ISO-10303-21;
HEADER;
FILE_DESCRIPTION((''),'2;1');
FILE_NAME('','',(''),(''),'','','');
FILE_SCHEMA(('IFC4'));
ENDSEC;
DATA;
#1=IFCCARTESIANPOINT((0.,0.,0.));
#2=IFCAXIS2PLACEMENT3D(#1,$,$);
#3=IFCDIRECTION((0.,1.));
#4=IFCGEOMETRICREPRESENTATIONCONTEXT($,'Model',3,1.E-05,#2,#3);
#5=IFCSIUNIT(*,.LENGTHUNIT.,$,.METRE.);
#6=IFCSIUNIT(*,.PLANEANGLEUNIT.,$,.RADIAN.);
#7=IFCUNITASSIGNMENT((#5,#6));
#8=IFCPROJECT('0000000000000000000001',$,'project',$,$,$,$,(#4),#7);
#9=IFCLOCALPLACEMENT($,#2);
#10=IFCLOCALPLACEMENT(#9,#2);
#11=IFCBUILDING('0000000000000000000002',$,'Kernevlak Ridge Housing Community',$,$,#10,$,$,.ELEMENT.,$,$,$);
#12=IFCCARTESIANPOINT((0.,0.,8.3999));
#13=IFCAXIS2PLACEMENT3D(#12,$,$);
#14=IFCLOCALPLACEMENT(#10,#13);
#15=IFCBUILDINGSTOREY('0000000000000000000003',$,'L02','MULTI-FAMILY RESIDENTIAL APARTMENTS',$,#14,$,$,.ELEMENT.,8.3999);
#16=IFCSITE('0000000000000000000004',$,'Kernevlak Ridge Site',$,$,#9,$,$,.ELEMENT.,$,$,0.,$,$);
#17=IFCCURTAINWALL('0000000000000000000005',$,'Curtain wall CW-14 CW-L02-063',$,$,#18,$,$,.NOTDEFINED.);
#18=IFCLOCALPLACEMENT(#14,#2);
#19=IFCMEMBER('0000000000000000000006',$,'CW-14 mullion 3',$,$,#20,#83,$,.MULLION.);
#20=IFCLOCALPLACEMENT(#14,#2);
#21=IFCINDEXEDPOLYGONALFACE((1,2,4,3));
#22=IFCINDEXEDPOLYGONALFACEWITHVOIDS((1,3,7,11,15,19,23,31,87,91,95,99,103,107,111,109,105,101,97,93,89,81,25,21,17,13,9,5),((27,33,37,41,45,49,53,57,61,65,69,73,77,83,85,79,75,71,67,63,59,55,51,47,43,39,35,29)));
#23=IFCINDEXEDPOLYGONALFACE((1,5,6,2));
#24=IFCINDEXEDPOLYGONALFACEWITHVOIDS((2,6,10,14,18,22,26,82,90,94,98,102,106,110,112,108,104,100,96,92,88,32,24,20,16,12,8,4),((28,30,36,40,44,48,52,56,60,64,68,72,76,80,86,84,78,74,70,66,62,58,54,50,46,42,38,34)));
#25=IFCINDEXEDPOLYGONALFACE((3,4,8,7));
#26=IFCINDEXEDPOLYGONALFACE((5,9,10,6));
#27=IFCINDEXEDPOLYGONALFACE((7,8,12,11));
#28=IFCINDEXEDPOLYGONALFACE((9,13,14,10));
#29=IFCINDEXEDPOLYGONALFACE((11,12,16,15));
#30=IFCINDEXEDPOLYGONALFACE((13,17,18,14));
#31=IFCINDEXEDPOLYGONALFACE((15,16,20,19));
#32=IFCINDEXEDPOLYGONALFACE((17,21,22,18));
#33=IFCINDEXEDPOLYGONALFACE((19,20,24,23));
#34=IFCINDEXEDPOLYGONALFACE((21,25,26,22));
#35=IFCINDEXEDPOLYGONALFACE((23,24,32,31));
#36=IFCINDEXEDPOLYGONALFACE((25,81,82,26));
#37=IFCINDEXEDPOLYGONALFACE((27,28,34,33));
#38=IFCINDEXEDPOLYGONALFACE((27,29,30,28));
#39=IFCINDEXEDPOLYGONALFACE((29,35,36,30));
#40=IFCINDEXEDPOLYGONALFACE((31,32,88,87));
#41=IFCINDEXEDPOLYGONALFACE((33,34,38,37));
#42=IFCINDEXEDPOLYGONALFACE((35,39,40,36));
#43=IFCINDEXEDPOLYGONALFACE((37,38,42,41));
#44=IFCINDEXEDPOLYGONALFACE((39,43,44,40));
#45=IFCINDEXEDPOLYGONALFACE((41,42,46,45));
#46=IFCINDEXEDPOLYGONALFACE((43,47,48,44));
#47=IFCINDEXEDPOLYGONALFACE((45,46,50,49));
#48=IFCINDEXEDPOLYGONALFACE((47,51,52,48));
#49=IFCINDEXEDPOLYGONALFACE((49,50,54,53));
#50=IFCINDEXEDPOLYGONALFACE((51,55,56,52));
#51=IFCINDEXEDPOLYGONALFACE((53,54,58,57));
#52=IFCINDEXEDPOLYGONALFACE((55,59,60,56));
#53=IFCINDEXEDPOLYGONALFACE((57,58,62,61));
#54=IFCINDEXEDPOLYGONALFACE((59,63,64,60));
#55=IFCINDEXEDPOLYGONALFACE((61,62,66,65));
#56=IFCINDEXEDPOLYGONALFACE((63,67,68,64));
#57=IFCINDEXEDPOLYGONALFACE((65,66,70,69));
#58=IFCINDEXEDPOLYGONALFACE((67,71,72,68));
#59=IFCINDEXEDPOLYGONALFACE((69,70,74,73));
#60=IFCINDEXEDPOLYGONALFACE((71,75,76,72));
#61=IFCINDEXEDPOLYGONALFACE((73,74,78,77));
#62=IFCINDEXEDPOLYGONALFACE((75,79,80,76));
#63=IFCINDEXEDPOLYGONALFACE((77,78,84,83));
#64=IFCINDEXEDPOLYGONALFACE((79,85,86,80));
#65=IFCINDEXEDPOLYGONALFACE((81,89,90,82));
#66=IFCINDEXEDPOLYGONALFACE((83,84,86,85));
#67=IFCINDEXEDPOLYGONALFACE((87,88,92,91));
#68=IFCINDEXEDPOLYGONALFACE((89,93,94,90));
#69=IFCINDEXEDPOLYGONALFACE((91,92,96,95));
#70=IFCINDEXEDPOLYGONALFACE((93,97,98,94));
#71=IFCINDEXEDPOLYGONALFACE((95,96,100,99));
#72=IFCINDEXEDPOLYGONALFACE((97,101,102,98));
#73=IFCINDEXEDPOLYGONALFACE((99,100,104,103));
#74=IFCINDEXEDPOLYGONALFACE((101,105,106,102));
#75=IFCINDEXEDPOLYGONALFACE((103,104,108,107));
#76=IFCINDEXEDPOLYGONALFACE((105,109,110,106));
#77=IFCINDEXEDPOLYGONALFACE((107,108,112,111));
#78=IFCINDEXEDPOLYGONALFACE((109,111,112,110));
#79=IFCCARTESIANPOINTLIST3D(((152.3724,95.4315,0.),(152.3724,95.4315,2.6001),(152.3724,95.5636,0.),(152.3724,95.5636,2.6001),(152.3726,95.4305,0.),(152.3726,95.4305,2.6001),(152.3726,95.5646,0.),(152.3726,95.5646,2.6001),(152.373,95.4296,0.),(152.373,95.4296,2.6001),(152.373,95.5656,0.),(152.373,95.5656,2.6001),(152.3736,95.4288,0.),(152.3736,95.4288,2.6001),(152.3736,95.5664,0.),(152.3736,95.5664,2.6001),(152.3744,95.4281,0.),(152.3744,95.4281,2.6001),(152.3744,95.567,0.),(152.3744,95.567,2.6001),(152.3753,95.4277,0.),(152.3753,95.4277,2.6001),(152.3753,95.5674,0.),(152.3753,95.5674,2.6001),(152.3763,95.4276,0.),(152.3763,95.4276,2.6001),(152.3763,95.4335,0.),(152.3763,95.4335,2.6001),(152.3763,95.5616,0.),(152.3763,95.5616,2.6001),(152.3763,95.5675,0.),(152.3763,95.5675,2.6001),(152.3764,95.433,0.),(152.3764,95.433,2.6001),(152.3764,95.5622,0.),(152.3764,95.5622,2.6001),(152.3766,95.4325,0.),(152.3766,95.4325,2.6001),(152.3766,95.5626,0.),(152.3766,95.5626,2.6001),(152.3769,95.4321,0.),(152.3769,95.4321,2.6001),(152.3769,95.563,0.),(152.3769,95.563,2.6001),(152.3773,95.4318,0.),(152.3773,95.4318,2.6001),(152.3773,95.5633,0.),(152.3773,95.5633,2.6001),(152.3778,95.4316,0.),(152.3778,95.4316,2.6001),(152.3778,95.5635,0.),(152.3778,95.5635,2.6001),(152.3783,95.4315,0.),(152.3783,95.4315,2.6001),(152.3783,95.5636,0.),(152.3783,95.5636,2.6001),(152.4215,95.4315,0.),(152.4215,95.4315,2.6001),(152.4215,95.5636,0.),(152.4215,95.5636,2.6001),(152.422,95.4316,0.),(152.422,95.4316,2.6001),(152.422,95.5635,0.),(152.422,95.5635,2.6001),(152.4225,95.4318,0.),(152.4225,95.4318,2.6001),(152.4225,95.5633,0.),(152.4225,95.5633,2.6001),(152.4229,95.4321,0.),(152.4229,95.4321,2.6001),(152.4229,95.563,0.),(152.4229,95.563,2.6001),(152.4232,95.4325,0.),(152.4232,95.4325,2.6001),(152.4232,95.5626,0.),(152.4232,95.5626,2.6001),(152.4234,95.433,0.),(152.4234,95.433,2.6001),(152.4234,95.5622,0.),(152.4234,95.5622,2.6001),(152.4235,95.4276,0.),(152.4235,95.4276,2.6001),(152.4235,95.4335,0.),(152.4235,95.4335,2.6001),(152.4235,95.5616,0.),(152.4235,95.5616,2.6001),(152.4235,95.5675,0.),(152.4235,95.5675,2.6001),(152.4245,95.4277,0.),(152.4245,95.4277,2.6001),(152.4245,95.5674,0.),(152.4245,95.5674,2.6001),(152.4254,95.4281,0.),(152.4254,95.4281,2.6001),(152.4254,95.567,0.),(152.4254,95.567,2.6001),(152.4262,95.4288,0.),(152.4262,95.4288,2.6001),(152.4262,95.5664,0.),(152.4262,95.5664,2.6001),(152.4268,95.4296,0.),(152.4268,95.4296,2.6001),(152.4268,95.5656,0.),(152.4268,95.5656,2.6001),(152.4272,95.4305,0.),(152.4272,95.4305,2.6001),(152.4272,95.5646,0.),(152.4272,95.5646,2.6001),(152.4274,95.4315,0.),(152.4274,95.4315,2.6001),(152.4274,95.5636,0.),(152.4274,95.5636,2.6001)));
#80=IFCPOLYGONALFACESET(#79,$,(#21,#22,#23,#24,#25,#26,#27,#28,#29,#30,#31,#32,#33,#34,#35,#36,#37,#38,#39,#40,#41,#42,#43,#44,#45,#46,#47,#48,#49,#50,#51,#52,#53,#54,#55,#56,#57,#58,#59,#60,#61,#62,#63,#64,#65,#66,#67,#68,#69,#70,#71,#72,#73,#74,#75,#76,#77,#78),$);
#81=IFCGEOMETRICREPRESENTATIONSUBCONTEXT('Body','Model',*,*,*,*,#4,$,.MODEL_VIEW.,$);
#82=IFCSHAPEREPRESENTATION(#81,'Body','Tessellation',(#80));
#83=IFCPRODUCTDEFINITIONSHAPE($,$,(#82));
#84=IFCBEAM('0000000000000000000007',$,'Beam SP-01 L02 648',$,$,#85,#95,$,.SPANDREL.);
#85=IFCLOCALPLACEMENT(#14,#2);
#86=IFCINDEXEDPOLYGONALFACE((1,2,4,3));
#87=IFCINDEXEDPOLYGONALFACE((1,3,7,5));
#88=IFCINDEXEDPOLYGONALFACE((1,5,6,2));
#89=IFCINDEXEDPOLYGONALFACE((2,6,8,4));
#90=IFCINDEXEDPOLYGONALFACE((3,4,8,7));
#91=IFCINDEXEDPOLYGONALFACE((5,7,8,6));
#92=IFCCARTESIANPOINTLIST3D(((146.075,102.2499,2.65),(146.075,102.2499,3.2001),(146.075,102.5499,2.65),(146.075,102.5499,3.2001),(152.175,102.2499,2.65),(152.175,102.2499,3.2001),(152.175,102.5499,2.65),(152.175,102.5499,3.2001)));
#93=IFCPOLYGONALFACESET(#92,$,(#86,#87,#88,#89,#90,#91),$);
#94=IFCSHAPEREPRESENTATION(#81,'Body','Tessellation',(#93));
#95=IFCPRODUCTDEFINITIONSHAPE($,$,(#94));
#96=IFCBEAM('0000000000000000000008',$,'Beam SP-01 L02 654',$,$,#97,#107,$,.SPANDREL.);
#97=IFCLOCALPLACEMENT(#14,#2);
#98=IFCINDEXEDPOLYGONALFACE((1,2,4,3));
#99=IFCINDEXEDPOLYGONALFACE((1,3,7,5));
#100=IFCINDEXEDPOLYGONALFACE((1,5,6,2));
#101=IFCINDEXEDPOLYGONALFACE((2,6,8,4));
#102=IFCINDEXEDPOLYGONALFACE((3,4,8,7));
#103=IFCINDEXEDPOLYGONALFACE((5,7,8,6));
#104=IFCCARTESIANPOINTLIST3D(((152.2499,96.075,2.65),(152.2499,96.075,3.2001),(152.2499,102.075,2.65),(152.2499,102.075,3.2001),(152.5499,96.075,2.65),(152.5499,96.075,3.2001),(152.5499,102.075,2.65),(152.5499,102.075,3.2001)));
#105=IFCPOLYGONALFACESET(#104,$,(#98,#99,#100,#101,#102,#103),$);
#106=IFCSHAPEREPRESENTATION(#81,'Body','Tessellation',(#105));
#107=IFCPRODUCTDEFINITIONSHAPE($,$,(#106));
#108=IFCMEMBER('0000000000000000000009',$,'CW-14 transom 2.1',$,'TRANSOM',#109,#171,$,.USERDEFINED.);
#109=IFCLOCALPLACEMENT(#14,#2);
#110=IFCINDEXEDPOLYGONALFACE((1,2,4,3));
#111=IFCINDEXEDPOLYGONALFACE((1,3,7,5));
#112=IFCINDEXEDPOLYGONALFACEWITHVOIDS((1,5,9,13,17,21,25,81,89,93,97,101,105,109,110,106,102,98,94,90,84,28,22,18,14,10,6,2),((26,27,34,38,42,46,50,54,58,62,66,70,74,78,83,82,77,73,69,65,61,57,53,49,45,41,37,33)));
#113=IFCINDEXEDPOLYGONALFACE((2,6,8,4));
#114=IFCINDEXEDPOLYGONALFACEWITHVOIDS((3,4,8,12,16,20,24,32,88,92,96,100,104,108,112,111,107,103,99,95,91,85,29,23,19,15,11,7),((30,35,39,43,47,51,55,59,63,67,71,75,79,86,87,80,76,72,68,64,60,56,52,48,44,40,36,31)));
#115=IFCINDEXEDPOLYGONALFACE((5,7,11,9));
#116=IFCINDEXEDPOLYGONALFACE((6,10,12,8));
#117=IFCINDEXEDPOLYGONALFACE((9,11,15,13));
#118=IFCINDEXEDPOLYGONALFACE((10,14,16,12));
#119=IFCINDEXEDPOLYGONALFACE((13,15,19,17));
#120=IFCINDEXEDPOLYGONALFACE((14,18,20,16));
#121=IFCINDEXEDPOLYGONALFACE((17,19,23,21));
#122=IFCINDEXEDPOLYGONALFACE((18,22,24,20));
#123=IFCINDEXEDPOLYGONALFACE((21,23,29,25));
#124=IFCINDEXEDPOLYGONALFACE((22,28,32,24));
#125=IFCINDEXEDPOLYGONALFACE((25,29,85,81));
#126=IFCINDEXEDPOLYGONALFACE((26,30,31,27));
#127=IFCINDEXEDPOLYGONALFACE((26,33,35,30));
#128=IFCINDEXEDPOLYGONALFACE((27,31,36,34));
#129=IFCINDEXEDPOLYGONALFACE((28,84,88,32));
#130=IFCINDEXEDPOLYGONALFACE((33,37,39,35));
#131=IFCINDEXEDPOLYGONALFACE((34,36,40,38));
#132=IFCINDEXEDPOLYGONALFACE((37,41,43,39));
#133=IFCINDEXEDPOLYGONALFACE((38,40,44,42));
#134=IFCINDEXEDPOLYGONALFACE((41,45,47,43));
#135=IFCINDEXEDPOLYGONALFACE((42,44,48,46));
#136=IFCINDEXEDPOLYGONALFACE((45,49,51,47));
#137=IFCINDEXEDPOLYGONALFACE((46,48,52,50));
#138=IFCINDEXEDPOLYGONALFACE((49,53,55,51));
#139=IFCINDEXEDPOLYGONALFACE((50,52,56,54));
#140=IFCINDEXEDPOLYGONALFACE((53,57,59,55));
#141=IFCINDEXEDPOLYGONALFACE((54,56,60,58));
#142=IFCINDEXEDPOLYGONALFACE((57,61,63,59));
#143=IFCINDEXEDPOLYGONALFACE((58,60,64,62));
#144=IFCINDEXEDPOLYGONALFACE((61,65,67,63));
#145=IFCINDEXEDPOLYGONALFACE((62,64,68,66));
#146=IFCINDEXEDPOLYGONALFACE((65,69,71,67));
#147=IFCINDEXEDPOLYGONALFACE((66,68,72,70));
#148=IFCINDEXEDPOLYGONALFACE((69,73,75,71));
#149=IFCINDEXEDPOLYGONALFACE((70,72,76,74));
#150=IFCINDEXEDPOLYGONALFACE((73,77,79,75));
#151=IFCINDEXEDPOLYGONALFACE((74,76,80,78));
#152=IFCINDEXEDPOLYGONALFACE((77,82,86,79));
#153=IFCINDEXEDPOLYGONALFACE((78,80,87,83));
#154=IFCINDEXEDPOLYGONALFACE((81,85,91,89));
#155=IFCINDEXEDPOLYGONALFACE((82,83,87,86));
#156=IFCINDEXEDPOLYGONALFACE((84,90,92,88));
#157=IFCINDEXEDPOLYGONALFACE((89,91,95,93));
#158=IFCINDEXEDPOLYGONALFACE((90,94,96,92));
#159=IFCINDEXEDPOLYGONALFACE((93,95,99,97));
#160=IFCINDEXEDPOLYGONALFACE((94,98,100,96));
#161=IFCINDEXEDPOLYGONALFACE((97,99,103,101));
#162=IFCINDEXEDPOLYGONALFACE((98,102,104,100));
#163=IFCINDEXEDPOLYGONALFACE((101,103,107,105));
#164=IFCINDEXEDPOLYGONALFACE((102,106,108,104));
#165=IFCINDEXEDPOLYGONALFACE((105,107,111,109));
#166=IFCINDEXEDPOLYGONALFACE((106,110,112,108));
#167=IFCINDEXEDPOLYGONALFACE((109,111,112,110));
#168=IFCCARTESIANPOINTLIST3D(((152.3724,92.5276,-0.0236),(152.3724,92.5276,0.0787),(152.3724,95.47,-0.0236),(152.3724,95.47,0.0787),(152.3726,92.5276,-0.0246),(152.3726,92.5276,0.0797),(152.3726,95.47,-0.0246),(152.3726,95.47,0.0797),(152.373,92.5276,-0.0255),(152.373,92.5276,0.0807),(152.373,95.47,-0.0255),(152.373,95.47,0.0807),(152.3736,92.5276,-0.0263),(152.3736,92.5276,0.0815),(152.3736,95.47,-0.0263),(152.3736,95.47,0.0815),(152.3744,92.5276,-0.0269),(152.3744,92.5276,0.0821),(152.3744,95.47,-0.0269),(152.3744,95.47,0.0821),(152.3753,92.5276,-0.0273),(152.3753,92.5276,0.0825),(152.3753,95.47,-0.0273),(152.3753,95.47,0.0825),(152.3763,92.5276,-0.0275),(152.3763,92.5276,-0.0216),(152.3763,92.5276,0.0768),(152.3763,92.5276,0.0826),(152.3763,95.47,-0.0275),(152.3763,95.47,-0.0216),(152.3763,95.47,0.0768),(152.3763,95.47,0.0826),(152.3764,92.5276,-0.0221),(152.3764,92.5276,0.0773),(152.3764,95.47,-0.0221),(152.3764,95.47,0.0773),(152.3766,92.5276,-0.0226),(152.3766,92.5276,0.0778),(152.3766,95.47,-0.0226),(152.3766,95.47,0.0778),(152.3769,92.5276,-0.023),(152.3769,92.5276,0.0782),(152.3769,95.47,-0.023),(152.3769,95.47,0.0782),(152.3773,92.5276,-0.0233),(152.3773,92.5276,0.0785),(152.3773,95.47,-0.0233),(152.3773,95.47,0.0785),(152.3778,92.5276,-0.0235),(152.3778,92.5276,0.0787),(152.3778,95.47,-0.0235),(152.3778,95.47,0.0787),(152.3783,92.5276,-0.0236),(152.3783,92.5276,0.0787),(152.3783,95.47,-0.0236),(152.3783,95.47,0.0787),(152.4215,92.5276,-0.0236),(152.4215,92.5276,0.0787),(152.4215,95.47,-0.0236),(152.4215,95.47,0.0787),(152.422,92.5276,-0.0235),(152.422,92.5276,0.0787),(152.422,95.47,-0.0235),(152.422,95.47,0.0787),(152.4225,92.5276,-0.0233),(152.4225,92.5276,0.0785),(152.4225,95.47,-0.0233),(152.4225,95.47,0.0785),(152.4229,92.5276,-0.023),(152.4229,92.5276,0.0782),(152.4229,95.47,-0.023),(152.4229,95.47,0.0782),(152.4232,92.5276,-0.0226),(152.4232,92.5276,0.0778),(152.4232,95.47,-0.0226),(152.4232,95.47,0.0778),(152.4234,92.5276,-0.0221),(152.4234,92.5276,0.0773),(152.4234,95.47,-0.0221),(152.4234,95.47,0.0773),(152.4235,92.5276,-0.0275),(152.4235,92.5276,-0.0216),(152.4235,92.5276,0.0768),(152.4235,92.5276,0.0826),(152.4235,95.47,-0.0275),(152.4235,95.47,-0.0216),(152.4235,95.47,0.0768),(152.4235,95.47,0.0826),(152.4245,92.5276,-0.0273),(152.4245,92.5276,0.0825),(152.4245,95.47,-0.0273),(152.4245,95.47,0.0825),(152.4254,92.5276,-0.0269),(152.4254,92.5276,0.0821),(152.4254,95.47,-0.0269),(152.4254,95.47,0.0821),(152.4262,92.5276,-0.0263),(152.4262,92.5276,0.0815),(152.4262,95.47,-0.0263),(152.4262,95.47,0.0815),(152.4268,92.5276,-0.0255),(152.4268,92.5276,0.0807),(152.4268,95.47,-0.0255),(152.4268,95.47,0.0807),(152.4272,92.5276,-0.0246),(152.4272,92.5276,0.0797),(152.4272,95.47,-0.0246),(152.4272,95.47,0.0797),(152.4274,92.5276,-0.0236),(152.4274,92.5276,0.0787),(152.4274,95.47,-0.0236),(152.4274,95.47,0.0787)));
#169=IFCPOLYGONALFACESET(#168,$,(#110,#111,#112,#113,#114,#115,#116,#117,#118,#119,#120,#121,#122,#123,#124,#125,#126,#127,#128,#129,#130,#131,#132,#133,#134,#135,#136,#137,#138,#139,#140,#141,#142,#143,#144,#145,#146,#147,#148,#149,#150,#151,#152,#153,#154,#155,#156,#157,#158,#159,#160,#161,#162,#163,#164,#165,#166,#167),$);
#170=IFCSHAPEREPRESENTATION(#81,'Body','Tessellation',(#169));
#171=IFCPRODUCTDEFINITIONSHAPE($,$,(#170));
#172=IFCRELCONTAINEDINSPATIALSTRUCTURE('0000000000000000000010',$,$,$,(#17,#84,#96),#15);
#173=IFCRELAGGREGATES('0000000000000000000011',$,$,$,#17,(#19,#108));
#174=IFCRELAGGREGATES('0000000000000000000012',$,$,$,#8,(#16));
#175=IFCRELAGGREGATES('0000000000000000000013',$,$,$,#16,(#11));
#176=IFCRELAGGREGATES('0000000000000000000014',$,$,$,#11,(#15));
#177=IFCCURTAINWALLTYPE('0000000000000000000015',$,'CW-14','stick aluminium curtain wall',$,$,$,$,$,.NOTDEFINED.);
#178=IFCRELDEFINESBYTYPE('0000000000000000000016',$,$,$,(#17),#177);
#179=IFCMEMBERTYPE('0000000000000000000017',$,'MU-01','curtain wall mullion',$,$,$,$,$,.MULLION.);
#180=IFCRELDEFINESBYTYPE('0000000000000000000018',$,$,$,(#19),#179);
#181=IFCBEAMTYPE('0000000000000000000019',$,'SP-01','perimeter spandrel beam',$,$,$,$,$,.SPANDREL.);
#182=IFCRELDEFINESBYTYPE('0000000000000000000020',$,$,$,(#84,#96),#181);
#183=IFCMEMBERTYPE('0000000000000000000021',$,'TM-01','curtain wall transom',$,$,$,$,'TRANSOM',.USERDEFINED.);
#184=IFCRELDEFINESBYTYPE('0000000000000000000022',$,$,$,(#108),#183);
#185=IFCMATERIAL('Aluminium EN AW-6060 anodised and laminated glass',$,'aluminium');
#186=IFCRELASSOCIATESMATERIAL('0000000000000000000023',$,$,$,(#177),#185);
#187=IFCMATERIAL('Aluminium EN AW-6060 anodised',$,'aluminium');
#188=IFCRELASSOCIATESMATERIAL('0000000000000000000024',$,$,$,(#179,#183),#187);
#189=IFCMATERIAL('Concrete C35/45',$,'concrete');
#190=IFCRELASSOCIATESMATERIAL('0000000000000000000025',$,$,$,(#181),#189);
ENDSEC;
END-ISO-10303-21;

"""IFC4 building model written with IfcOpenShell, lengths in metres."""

from ifc_helpers import new_model, si_unit, direction, frame, origin, origin_2d, place, context, subcontext, project, spatial, rectangle, hollow_rectangle, extrude, material, material_profile, profile_set, type_object, element, aggregate, save


model = new_model("IFC4")

# Units and contexts
model_context = context("Model", 3, precision=1e-05, world=origin(), true_north=direction((0.0, 1.0)))
body_context = subcontext(model_context, "Body", "Model", "MODEL_VIEW")
ifc_project = project(units=[si_unit("LENGTHUNIT", "METRE"), si_unit("PLANEANGLEUNIT", "RADIAN")], contexts=[model_context])

# Site, building, storey
site_placement = place(None, origin())
site = spatial("IfcSite", under=ifc_project, at=site_placement, Name="Kernevlak Ridge Site", CompositionType="ELEMENT", RefElevation=0.0)
building_placement = place(site_placement, origin())
building = spatial("IfcBuilding", under=site, at=building_placement, Name="Kernevlak Ridge Housing Community", CompositionType="ELEMENT")
storey_placement = place(building_placement, frame((0.0, 0.0, 8.3999)))
storey = spatial("IfcBuildingStorey", under=building, at=storey_placement, Name="L02", Description="MULTI-FAMILY RESIDENTIAL APARTMENTS", CompositionType="ELEMENT", Elevation=8.3999)

# Shared definitions
ifc_material_1 = material(Name="Concrete C35/45", Category="concrete")

# Curtain wall, member
ifc_material_2 = material(Name="Aluminium EN AW-6060 anodised and laminated glass", Category="aluminium")
curtain_wall_type = type_object("IfcCurtainWallType", Name="CW-14", Description="stick aluminium curtain wall", PredefinedType="NOTDEFINED", material=ifc_material_2)
curtain_wall_placement = place(storey_placement, origin())
curtain_wall = element("IfcCurtainWall", 1, at=curtain_wall_placement, inside=storey, type_object=curtain_wall_type, Name="Curtain wall CW-14 CW-L02-063", PredefinedType="NOTDEFINED")
ifc_material_3 = material(Name="Aluminium EN AW-6060 anodised", Category="aluminium")
ifc_material_profile_1 = material_profile(ifc_material_3, hollow_rectangle(XDim=0.0549, YDim=0.1399, WallThickness=0.0039, InnerFilletRadius=0.002, OuterFilletRadius=0.0039, at=origin_2d()), Name="ALU 55x140x4")
ifc_profile_set_1 = profile_set([ifc_material_profile_1], Name="Aluminium EN AW-6060 anodised")
member_type_1 = type_object("IfcMemberType", Name="MU-01", Description="curtain wall mullion", PredefinedType="MULLION", material=ifc_profile_set_1)
member_1_placement = place(storey_placement, frame((152.3999, 95.4976, 0.0), z_axis=(0.0, 0.0, 1.0), x_axis=(-1.0, 0.0, 0.0)))
member_1 = element("IfcMember", 2, at=member_1_placement, type_object=member_type_1, Name="CW-14 mullion 3", PredefinedType="MULLION", context=body_context, shape_type="SweptSolid", body=[
    extrude(hollow_rectangle(XDim=0.0549, YDim=0.1399, WallThickness=0.0039, InnerFilletRadius=0.002, OuterFilletRadius=0.0039, at=origin_2d()), origin(), (0.0, 0.0, 1.0), 2.6001),
])

# Beams
ifc_material_profile_2 = material_profile(ifc_material_1, rectangle(XDim=0.3, YDim=0.55, at=origin_2d()), Name="RC 300x550")
ifc_profile_set_2 = profile_set([ifc_material_profile_2], Name="Concrete C35/45")
beam_type_1 = type_object("IfcBeamType", Name="SP-01", Description="perimeter spandrel beam", PredefinedType="SPANDREL", material=ifc_profile_set_2)
beam_1_placement = place(storey_placement, frame((146.075, 102.3999, 2.925), z_axis=(1.0, 0.0, 0.0), x_axis=(0.0, 1.0, 0.0)))
element("IfcBeam", 3, at=beam_1_placement, inside=storey, type_object=beam_type_1, Name="Beam SP-01 L02 648", PredefinedType="SPANDREL", context=body_context, shape_type="SweptSolid", body=[
    extrude(rectangle(XDim=0.3, YDim=0.55, at=origin_2d()), origin(), (0.0, 0.0, 1.0), 6.1001),
])
beam_2_placement = place(storey_placement, frame((152.3999, 96.075, 2.925), z_axis=(0.0, 1.0, 0.0), x_axis=(-1.0, 0.0, 0.0)))
element("IfcBeam", 4, at=beam_2_placement, inside=storey, type_object=beam_type_1, Name="Beam SP-01 L02 654", PredefinedType="SPANDREL", context=body_context, shape_type="SweptSolid", body=[
    extrude(rectangle(XDim=0.3, YDim=0.55, at=origin_2d()), origin(), (0.0, 0.0, 1.0), 6.0),
])

# Member
ifc_material_profile_3 = material_profile(ifc_material_3, hollow_rectangle(XDim=0.0549, YDim=0.1101, WallThickness=0.0039, InnerFilletRadius=0.002, OuterFilletRadius=0.0039, at=origin_2d()), Name="ALU 55x110x4")
ifc_profile_set_3 = profile_set([ifc_material_profile_3], Name="Aluminium EN AW-6060 anodised")
member_type_2 = type_object("IfcMemberType", Name="TM-01", Description="curtain wall transom", ElementType="TRANSOM", PredefinedType="USERDEFINED", material=ifc_profile_set_3)
member_2_placement = place(storey_placement, frame((152.3999, 92.5276, 0.0276), z_axis=(0.0, 1.0, 0.0), x_axis=(-1.0, 0.0, 0.0)))
member_2 = element("IfcMember", 5, at=member_2_placement, type_object=member_type_2, Name="CW-14 transom 2.1", ObjectType="TRANSOM", PredefinedType="USERDEFINED", context=body_context, shape_type="SweptSolid", body=[
    extrude(hollow_rectangle(XDim=0.0549, YDim=0.1101, WallThickness=0.0039, InnerFilletRadius=0.002, OuterFilletRadius=0.0039, at=origin_2d()), origin(), (0.0, 0.0, 1.0), 2.9424),
])

aggregate(curtain_wall, [member_1, member_2])

save(model, "model.ifc")
